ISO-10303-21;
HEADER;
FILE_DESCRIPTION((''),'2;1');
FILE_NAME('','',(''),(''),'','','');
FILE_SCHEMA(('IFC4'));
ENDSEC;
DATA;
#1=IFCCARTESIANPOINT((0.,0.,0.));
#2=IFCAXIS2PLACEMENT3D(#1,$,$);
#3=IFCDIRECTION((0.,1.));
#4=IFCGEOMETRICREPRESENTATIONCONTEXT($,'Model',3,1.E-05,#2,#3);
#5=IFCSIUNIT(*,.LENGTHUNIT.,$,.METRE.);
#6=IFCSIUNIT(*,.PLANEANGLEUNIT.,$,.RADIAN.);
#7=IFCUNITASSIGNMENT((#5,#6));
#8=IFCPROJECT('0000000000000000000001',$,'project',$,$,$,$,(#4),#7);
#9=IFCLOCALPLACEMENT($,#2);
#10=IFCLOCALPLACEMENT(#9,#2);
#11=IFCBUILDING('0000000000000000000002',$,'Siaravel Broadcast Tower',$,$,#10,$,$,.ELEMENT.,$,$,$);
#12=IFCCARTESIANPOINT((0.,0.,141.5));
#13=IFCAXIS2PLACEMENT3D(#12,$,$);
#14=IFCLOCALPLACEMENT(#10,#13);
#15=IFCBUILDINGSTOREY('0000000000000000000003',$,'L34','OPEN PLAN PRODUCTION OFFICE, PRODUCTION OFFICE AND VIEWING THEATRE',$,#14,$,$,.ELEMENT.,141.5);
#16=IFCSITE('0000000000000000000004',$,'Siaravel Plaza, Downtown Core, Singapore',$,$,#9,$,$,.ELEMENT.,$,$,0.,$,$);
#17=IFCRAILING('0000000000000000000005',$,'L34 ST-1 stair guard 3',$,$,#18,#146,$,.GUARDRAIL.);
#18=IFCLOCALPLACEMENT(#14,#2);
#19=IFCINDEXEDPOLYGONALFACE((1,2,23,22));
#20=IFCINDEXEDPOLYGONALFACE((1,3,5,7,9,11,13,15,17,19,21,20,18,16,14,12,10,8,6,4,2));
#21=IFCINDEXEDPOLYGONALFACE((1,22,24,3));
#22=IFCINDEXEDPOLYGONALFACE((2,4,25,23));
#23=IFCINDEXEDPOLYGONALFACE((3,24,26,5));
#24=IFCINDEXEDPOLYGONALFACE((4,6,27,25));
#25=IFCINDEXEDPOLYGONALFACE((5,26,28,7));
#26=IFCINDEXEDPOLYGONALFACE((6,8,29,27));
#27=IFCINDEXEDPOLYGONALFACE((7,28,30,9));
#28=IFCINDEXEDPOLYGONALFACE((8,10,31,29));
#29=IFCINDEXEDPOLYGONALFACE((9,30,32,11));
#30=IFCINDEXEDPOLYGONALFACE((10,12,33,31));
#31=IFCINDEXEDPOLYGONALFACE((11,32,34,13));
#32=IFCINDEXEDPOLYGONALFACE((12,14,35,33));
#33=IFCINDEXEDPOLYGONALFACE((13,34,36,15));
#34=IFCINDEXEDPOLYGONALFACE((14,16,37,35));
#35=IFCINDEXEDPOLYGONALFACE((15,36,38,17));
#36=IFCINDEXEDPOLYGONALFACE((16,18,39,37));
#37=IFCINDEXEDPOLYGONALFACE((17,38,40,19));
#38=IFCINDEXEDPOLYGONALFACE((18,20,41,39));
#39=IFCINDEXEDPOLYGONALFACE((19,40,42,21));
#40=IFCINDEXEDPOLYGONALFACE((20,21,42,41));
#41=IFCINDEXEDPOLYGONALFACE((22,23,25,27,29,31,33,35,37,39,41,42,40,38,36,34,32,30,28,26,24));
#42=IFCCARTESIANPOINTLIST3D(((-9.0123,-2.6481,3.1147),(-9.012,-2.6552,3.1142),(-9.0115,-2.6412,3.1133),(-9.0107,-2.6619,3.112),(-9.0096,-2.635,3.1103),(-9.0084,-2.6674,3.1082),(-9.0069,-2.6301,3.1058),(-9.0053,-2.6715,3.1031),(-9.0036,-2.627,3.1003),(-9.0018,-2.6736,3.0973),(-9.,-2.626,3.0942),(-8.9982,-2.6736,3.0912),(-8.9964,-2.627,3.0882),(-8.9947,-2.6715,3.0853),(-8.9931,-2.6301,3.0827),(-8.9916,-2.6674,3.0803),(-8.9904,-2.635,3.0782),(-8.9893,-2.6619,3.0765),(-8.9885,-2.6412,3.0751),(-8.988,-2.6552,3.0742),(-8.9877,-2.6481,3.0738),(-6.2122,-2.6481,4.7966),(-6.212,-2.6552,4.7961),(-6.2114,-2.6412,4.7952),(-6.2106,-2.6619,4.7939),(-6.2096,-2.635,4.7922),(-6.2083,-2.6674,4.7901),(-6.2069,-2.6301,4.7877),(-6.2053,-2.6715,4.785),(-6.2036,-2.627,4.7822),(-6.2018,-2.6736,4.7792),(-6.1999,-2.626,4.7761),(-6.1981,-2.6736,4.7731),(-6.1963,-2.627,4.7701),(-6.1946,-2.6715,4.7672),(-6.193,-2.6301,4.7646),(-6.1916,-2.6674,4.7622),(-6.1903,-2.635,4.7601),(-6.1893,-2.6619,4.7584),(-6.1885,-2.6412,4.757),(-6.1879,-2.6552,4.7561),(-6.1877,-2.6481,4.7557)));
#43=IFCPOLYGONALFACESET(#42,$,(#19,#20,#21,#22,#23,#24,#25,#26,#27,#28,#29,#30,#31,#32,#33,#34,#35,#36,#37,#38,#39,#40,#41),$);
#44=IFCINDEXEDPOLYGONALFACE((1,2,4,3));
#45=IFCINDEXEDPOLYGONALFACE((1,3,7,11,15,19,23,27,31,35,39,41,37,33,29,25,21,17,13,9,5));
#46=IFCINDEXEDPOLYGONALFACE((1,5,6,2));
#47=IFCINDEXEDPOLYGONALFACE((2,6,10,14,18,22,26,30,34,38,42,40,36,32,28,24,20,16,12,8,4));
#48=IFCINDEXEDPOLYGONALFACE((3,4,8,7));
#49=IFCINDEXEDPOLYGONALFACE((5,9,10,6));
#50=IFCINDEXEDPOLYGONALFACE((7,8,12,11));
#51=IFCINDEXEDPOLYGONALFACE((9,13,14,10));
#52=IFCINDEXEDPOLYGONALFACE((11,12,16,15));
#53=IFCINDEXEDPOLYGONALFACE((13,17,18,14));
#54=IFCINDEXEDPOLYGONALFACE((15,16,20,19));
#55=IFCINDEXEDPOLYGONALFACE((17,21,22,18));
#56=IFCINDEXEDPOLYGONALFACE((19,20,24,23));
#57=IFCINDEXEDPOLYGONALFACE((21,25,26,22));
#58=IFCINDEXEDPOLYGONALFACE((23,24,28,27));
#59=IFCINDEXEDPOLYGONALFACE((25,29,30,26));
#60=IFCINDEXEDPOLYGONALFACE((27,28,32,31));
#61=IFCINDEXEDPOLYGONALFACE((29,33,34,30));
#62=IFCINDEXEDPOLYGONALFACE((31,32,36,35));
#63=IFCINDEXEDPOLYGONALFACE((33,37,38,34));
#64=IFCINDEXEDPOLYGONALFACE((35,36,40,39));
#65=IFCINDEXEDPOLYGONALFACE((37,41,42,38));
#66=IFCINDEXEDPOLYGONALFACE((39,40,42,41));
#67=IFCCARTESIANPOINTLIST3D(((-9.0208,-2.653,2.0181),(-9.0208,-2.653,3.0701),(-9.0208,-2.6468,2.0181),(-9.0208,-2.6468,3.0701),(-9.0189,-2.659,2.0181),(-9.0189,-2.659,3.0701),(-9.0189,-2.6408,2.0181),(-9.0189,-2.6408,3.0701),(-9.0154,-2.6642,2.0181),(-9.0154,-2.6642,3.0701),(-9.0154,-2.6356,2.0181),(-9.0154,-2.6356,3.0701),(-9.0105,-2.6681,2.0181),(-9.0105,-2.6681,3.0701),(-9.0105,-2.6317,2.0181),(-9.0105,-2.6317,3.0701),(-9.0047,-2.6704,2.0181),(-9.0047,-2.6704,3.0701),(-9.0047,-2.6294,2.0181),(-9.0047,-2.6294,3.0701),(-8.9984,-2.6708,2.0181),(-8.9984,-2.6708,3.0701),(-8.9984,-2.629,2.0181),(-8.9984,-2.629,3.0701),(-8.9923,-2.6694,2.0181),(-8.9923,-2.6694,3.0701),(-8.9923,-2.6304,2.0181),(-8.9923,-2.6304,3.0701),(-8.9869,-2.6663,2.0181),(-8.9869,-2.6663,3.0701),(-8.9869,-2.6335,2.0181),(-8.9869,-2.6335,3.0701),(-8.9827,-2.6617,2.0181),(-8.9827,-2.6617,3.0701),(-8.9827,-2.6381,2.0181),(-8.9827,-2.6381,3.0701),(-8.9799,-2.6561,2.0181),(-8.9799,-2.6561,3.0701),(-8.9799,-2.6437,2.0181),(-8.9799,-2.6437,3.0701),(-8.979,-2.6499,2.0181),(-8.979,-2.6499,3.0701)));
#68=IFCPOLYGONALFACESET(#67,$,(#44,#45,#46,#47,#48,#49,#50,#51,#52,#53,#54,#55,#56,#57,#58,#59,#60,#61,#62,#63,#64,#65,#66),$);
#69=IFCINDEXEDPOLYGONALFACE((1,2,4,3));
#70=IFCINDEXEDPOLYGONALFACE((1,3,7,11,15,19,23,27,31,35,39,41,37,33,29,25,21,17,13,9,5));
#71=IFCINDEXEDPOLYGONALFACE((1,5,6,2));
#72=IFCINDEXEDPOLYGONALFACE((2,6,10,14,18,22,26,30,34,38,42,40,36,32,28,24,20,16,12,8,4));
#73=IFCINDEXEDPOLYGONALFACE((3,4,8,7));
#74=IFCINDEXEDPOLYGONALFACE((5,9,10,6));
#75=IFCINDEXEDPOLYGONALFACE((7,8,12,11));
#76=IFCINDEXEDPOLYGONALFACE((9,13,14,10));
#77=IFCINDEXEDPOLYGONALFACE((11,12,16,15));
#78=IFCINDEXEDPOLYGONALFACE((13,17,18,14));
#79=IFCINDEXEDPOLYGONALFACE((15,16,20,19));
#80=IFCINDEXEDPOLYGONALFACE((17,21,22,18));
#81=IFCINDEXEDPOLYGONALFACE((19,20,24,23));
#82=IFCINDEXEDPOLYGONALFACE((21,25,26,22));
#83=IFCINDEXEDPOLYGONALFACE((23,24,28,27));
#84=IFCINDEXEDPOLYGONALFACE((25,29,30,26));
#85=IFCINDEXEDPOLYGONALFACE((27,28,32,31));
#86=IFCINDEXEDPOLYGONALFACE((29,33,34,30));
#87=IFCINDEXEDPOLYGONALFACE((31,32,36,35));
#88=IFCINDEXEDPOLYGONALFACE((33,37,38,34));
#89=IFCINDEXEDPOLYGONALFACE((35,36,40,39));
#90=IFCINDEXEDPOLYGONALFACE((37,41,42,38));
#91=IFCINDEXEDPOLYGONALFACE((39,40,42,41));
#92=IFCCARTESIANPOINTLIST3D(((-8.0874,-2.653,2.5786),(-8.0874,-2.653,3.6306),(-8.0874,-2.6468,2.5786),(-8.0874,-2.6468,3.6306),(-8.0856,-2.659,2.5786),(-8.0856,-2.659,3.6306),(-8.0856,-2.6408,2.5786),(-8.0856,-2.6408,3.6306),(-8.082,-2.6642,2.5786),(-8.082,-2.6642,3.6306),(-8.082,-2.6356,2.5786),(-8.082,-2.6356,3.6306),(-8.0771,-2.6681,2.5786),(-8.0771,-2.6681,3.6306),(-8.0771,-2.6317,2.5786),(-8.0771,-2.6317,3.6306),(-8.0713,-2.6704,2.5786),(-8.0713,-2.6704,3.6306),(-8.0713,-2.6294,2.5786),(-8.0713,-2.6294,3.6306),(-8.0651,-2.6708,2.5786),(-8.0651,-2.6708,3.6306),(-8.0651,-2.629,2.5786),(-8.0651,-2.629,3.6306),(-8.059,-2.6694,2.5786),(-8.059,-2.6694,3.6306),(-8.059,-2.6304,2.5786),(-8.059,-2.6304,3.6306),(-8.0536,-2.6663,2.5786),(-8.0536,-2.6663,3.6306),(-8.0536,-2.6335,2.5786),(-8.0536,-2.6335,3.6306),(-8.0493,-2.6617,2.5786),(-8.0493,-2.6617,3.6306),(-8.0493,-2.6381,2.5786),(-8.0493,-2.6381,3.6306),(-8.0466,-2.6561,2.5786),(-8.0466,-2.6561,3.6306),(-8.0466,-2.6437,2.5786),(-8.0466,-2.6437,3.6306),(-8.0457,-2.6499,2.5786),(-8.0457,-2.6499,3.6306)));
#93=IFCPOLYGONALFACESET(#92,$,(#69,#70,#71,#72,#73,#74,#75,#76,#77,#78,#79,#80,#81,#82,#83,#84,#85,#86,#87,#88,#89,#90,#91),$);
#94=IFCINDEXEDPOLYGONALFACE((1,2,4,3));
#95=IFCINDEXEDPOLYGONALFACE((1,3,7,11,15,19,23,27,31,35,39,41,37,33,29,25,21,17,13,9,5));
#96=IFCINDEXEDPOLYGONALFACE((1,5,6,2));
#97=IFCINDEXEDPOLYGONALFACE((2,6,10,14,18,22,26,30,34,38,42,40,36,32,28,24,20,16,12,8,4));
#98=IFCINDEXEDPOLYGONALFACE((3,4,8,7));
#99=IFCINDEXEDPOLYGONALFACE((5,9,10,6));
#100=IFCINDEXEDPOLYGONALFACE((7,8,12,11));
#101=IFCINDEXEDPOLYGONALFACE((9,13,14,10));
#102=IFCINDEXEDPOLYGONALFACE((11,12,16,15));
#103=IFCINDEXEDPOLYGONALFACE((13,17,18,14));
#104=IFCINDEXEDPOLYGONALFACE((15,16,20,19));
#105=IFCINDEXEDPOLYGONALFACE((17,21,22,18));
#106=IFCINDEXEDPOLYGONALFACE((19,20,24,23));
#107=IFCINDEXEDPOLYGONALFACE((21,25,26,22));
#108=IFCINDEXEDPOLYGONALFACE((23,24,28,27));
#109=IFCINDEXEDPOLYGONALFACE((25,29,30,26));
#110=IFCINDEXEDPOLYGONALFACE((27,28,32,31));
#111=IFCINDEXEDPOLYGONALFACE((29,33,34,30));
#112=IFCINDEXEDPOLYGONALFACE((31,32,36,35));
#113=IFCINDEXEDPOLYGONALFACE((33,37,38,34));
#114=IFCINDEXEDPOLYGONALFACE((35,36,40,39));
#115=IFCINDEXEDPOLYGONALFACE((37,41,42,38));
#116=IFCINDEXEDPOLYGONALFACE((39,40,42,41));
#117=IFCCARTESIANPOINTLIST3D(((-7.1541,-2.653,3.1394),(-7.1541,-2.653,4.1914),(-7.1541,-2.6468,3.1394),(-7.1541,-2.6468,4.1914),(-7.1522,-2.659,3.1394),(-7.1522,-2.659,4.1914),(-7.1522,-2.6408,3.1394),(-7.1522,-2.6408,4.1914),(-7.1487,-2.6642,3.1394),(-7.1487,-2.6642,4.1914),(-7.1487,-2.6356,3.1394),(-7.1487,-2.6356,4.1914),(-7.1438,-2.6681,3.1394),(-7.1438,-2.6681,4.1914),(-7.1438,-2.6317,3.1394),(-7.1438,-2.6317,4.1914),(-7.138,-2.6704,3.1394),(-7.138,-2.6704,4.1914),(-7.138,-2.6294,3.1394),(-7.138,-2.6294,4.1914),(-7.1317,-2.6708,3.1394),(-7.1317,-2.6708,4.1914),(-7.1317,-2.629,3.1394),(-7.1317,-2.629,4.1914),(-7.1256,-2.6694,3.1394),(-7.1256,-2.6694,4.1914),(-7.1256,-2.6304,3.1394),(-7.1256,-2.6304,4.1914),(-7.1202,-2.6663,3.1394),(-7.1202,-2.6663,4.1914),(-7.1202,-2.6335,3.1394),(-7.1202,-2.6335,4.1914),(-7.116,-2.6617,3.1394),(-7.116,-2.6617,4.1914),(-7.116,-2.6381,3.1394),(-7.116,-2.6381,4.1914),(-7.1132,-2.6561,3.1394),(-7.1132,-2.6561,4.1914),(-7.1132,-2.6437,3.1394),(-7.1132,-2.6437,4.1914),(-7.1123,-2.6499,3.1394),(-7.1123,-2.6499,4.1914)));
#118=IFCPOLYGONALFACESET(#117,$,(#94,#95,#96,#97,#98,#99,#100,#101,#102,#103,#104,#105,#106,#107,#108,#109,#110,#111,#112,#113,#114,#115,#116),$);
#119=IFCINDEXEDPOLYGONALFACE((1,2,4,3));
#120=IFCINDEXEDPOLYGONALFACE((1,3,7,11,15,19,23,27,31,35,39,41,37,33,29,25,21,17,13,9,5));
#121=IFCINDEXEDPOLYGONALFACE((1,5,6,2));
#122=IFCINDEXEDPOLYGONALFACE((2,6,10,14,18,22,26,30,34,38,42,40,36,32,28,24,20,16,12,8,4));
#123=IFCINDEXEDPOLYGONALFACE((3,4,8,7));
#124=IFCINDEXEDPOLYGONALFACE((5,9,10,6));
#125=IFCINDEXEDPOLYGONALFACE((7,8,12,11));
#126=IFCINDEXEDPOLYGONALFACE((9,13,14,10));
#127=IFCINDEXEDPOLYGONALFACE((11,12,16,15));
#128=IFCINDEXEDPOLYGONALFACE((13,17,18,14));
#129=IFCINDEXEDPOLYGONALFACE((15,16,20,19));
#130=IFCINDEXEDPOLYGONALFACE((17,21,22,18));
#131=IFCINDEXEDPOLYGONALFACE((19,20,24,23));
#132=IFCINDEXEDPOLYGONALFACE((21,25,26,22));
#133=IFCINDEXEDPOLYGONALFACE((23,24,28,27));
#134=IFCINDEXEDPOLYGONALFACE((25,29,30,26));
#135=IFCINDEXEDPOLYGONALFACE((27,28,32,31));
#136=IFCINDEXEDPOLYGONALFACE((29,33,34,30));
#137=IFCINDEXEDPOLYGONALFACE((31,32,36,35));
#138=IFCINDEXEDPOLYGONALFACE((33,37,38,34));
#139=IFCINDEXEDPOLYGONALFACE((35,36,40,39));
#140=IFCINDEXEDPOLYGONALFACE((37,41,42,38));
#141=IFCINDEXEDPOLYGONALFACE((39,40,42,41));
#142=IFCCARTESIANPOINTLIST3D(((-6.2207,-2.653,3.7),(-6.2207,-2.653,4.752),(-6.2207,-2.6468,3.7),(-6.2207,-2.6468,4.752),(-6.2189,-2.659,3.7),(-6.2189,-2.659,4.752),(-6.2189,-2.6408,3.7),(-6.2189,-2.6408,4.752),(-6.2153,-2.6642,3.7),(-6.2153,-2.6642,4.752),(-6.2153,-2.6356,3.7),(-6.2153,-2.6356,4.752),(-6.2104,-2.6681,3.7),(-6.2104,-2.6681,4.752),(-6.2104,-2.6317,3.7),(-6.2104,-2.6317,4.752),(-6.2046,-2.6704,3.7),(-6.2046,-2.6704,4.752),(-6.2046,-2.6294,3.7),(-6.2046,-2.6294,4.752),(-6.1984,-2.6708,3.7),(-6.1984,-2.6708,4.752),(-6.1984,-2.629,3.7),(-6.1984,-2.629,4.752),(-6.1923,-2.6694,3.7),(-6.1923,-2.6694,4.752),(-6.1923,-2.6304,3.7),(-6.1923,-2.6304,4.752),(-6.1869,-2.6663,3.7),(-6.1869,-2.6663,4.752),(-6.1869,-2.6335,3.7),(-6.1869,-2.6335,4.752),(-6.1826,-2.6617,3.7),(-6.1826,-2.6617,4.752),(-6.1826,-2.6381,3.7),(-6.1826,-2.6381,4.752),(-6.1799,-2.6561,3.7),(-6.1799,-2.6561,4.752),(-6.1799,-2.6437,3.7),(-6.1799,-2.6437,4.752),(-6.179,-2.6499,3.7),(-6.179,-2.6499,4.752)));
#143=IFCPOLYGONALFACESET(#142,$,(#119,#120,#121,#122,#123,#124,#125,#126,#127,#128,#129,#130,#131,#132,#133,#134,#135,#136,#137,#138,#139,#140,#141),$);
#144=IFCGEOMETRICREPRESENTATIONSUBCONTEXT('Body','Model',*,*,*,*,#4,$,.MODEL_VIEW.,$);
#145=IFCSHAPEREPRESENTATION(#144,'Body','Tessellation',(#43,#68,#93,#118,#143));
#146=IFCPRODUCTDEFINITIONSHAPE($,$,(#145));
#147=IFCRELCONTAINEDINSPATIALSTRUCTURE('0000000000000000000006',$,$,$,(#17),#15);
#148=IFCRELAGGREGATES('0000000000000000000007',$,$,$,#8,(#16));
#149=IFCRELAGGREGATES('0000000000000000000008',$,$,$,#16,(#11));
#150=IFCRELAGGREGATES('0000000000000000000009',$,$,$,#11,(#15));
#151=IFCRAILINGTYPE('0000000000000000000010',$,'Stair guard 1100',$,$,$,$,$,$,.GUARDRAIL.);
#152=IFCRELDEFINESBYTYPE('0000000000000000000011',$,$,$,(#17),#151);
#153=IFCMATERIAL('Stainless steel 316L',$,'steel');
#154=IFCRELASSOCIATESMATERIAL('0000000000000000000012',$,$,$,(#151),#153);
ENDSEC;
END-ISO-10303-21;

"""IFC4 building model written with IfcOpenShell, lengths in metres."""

from ifc_helpers import new_model, si_unit, direction, frame, origin, origin_2d, place, context, subcontext, project, spatial, circle, extrude, material, type_object, element, save


model = new_model("IFC4")

# Units and contexts
model_context = context("Model", 3, precision=1e-05, world=origin(), true_north=direction((0.0, 1.0)))
body_context = subcontext(model_context, "Body", "Model", "MODEL_VIEW")
ifc_project = project(units=[si_unit("LENGTHUNIT", "METRE"), si_unit("PLANEANGLEUNIT", "RADIAN")], contexts=[model_context])

# Site, building, storey
site_placement = place(None, origin())
site = spatial("IfcSite", under=ifc_project, at=site_placement, Name="Siaravel Plaza, Downtown Core, Singapore", CompositionType="ELEMENT", RefElevation=0.0)
building_placement = place(site_placement, origin())
building = spatial("IfcBuilding", under=site, at=building_placement, Name="Siaravel Broadcast Tower", CompositionType="ELEMENT")
storey_placement = place(building_placement, frame((0.0, 0.0, 141.5)))
storey = spatial("IfcBuildingStorey", under=building, at=storey_placement, Name="L34", Description="OPEN PLAN PRODUCTION OFFICE, PRODUCTION OFFICE AND VIEWING THEATRE", CompositionType="ELEMENT", Elevation=141.5)

# Shared definitions
ifc_material_1 = material(Name="Stainless steel 316L", Category="steel")

# Railing
railing_type_1 = type_object("IfcRailingType", Name="Stair guard 1100", PredefinedType="GUARDRAIL", material=ifc_material_1)
railing_1_placement = place(storey_placement, frame((-9.0, -2.6499, 2.0181)))
element("IfcRailing", 1, at=railing_1_placement, inside=storey, type_object=railing_type_1, Name="L34 ST-1 stair guard 3", PredefinedType="GUARDRAIL", context=body_context, shape_type="SweptSolid", body=[
    extrude(circle(Radius=0.0239, at=origin_2d()), frame((0.0, 0.0, 1.0762), z_axis=(0.857242, 0.0, 0.514913), x_axis=(0.0, 1.0, 0.0)), (0.0, 0.0, 1.0), 3.2664),
    extrude(circle(Radius=0.021, at=origin_2d()), origin(), (0.0, 0.0, 1.0), 1.052),
    extrude(circle(Radius=0.021, at=origin_2d()), frame((0.9333, 0.0, 0.5605)), (0.0, 0.0, 1.0), 1.052),
    extrude(circle(Radius=0.021, at=origin_2d()), frame((1.8667, 0.0, 1.1213)), (0.0, 0.0, 1.0), 1.052),
    extrude(circle(Radius=0.021, at=origin_2d()), frame((2.8, 0.0, 1.6819)), (0.0, 0.0, 1.0), 1.052),
])

save(model, "model.ifc")
